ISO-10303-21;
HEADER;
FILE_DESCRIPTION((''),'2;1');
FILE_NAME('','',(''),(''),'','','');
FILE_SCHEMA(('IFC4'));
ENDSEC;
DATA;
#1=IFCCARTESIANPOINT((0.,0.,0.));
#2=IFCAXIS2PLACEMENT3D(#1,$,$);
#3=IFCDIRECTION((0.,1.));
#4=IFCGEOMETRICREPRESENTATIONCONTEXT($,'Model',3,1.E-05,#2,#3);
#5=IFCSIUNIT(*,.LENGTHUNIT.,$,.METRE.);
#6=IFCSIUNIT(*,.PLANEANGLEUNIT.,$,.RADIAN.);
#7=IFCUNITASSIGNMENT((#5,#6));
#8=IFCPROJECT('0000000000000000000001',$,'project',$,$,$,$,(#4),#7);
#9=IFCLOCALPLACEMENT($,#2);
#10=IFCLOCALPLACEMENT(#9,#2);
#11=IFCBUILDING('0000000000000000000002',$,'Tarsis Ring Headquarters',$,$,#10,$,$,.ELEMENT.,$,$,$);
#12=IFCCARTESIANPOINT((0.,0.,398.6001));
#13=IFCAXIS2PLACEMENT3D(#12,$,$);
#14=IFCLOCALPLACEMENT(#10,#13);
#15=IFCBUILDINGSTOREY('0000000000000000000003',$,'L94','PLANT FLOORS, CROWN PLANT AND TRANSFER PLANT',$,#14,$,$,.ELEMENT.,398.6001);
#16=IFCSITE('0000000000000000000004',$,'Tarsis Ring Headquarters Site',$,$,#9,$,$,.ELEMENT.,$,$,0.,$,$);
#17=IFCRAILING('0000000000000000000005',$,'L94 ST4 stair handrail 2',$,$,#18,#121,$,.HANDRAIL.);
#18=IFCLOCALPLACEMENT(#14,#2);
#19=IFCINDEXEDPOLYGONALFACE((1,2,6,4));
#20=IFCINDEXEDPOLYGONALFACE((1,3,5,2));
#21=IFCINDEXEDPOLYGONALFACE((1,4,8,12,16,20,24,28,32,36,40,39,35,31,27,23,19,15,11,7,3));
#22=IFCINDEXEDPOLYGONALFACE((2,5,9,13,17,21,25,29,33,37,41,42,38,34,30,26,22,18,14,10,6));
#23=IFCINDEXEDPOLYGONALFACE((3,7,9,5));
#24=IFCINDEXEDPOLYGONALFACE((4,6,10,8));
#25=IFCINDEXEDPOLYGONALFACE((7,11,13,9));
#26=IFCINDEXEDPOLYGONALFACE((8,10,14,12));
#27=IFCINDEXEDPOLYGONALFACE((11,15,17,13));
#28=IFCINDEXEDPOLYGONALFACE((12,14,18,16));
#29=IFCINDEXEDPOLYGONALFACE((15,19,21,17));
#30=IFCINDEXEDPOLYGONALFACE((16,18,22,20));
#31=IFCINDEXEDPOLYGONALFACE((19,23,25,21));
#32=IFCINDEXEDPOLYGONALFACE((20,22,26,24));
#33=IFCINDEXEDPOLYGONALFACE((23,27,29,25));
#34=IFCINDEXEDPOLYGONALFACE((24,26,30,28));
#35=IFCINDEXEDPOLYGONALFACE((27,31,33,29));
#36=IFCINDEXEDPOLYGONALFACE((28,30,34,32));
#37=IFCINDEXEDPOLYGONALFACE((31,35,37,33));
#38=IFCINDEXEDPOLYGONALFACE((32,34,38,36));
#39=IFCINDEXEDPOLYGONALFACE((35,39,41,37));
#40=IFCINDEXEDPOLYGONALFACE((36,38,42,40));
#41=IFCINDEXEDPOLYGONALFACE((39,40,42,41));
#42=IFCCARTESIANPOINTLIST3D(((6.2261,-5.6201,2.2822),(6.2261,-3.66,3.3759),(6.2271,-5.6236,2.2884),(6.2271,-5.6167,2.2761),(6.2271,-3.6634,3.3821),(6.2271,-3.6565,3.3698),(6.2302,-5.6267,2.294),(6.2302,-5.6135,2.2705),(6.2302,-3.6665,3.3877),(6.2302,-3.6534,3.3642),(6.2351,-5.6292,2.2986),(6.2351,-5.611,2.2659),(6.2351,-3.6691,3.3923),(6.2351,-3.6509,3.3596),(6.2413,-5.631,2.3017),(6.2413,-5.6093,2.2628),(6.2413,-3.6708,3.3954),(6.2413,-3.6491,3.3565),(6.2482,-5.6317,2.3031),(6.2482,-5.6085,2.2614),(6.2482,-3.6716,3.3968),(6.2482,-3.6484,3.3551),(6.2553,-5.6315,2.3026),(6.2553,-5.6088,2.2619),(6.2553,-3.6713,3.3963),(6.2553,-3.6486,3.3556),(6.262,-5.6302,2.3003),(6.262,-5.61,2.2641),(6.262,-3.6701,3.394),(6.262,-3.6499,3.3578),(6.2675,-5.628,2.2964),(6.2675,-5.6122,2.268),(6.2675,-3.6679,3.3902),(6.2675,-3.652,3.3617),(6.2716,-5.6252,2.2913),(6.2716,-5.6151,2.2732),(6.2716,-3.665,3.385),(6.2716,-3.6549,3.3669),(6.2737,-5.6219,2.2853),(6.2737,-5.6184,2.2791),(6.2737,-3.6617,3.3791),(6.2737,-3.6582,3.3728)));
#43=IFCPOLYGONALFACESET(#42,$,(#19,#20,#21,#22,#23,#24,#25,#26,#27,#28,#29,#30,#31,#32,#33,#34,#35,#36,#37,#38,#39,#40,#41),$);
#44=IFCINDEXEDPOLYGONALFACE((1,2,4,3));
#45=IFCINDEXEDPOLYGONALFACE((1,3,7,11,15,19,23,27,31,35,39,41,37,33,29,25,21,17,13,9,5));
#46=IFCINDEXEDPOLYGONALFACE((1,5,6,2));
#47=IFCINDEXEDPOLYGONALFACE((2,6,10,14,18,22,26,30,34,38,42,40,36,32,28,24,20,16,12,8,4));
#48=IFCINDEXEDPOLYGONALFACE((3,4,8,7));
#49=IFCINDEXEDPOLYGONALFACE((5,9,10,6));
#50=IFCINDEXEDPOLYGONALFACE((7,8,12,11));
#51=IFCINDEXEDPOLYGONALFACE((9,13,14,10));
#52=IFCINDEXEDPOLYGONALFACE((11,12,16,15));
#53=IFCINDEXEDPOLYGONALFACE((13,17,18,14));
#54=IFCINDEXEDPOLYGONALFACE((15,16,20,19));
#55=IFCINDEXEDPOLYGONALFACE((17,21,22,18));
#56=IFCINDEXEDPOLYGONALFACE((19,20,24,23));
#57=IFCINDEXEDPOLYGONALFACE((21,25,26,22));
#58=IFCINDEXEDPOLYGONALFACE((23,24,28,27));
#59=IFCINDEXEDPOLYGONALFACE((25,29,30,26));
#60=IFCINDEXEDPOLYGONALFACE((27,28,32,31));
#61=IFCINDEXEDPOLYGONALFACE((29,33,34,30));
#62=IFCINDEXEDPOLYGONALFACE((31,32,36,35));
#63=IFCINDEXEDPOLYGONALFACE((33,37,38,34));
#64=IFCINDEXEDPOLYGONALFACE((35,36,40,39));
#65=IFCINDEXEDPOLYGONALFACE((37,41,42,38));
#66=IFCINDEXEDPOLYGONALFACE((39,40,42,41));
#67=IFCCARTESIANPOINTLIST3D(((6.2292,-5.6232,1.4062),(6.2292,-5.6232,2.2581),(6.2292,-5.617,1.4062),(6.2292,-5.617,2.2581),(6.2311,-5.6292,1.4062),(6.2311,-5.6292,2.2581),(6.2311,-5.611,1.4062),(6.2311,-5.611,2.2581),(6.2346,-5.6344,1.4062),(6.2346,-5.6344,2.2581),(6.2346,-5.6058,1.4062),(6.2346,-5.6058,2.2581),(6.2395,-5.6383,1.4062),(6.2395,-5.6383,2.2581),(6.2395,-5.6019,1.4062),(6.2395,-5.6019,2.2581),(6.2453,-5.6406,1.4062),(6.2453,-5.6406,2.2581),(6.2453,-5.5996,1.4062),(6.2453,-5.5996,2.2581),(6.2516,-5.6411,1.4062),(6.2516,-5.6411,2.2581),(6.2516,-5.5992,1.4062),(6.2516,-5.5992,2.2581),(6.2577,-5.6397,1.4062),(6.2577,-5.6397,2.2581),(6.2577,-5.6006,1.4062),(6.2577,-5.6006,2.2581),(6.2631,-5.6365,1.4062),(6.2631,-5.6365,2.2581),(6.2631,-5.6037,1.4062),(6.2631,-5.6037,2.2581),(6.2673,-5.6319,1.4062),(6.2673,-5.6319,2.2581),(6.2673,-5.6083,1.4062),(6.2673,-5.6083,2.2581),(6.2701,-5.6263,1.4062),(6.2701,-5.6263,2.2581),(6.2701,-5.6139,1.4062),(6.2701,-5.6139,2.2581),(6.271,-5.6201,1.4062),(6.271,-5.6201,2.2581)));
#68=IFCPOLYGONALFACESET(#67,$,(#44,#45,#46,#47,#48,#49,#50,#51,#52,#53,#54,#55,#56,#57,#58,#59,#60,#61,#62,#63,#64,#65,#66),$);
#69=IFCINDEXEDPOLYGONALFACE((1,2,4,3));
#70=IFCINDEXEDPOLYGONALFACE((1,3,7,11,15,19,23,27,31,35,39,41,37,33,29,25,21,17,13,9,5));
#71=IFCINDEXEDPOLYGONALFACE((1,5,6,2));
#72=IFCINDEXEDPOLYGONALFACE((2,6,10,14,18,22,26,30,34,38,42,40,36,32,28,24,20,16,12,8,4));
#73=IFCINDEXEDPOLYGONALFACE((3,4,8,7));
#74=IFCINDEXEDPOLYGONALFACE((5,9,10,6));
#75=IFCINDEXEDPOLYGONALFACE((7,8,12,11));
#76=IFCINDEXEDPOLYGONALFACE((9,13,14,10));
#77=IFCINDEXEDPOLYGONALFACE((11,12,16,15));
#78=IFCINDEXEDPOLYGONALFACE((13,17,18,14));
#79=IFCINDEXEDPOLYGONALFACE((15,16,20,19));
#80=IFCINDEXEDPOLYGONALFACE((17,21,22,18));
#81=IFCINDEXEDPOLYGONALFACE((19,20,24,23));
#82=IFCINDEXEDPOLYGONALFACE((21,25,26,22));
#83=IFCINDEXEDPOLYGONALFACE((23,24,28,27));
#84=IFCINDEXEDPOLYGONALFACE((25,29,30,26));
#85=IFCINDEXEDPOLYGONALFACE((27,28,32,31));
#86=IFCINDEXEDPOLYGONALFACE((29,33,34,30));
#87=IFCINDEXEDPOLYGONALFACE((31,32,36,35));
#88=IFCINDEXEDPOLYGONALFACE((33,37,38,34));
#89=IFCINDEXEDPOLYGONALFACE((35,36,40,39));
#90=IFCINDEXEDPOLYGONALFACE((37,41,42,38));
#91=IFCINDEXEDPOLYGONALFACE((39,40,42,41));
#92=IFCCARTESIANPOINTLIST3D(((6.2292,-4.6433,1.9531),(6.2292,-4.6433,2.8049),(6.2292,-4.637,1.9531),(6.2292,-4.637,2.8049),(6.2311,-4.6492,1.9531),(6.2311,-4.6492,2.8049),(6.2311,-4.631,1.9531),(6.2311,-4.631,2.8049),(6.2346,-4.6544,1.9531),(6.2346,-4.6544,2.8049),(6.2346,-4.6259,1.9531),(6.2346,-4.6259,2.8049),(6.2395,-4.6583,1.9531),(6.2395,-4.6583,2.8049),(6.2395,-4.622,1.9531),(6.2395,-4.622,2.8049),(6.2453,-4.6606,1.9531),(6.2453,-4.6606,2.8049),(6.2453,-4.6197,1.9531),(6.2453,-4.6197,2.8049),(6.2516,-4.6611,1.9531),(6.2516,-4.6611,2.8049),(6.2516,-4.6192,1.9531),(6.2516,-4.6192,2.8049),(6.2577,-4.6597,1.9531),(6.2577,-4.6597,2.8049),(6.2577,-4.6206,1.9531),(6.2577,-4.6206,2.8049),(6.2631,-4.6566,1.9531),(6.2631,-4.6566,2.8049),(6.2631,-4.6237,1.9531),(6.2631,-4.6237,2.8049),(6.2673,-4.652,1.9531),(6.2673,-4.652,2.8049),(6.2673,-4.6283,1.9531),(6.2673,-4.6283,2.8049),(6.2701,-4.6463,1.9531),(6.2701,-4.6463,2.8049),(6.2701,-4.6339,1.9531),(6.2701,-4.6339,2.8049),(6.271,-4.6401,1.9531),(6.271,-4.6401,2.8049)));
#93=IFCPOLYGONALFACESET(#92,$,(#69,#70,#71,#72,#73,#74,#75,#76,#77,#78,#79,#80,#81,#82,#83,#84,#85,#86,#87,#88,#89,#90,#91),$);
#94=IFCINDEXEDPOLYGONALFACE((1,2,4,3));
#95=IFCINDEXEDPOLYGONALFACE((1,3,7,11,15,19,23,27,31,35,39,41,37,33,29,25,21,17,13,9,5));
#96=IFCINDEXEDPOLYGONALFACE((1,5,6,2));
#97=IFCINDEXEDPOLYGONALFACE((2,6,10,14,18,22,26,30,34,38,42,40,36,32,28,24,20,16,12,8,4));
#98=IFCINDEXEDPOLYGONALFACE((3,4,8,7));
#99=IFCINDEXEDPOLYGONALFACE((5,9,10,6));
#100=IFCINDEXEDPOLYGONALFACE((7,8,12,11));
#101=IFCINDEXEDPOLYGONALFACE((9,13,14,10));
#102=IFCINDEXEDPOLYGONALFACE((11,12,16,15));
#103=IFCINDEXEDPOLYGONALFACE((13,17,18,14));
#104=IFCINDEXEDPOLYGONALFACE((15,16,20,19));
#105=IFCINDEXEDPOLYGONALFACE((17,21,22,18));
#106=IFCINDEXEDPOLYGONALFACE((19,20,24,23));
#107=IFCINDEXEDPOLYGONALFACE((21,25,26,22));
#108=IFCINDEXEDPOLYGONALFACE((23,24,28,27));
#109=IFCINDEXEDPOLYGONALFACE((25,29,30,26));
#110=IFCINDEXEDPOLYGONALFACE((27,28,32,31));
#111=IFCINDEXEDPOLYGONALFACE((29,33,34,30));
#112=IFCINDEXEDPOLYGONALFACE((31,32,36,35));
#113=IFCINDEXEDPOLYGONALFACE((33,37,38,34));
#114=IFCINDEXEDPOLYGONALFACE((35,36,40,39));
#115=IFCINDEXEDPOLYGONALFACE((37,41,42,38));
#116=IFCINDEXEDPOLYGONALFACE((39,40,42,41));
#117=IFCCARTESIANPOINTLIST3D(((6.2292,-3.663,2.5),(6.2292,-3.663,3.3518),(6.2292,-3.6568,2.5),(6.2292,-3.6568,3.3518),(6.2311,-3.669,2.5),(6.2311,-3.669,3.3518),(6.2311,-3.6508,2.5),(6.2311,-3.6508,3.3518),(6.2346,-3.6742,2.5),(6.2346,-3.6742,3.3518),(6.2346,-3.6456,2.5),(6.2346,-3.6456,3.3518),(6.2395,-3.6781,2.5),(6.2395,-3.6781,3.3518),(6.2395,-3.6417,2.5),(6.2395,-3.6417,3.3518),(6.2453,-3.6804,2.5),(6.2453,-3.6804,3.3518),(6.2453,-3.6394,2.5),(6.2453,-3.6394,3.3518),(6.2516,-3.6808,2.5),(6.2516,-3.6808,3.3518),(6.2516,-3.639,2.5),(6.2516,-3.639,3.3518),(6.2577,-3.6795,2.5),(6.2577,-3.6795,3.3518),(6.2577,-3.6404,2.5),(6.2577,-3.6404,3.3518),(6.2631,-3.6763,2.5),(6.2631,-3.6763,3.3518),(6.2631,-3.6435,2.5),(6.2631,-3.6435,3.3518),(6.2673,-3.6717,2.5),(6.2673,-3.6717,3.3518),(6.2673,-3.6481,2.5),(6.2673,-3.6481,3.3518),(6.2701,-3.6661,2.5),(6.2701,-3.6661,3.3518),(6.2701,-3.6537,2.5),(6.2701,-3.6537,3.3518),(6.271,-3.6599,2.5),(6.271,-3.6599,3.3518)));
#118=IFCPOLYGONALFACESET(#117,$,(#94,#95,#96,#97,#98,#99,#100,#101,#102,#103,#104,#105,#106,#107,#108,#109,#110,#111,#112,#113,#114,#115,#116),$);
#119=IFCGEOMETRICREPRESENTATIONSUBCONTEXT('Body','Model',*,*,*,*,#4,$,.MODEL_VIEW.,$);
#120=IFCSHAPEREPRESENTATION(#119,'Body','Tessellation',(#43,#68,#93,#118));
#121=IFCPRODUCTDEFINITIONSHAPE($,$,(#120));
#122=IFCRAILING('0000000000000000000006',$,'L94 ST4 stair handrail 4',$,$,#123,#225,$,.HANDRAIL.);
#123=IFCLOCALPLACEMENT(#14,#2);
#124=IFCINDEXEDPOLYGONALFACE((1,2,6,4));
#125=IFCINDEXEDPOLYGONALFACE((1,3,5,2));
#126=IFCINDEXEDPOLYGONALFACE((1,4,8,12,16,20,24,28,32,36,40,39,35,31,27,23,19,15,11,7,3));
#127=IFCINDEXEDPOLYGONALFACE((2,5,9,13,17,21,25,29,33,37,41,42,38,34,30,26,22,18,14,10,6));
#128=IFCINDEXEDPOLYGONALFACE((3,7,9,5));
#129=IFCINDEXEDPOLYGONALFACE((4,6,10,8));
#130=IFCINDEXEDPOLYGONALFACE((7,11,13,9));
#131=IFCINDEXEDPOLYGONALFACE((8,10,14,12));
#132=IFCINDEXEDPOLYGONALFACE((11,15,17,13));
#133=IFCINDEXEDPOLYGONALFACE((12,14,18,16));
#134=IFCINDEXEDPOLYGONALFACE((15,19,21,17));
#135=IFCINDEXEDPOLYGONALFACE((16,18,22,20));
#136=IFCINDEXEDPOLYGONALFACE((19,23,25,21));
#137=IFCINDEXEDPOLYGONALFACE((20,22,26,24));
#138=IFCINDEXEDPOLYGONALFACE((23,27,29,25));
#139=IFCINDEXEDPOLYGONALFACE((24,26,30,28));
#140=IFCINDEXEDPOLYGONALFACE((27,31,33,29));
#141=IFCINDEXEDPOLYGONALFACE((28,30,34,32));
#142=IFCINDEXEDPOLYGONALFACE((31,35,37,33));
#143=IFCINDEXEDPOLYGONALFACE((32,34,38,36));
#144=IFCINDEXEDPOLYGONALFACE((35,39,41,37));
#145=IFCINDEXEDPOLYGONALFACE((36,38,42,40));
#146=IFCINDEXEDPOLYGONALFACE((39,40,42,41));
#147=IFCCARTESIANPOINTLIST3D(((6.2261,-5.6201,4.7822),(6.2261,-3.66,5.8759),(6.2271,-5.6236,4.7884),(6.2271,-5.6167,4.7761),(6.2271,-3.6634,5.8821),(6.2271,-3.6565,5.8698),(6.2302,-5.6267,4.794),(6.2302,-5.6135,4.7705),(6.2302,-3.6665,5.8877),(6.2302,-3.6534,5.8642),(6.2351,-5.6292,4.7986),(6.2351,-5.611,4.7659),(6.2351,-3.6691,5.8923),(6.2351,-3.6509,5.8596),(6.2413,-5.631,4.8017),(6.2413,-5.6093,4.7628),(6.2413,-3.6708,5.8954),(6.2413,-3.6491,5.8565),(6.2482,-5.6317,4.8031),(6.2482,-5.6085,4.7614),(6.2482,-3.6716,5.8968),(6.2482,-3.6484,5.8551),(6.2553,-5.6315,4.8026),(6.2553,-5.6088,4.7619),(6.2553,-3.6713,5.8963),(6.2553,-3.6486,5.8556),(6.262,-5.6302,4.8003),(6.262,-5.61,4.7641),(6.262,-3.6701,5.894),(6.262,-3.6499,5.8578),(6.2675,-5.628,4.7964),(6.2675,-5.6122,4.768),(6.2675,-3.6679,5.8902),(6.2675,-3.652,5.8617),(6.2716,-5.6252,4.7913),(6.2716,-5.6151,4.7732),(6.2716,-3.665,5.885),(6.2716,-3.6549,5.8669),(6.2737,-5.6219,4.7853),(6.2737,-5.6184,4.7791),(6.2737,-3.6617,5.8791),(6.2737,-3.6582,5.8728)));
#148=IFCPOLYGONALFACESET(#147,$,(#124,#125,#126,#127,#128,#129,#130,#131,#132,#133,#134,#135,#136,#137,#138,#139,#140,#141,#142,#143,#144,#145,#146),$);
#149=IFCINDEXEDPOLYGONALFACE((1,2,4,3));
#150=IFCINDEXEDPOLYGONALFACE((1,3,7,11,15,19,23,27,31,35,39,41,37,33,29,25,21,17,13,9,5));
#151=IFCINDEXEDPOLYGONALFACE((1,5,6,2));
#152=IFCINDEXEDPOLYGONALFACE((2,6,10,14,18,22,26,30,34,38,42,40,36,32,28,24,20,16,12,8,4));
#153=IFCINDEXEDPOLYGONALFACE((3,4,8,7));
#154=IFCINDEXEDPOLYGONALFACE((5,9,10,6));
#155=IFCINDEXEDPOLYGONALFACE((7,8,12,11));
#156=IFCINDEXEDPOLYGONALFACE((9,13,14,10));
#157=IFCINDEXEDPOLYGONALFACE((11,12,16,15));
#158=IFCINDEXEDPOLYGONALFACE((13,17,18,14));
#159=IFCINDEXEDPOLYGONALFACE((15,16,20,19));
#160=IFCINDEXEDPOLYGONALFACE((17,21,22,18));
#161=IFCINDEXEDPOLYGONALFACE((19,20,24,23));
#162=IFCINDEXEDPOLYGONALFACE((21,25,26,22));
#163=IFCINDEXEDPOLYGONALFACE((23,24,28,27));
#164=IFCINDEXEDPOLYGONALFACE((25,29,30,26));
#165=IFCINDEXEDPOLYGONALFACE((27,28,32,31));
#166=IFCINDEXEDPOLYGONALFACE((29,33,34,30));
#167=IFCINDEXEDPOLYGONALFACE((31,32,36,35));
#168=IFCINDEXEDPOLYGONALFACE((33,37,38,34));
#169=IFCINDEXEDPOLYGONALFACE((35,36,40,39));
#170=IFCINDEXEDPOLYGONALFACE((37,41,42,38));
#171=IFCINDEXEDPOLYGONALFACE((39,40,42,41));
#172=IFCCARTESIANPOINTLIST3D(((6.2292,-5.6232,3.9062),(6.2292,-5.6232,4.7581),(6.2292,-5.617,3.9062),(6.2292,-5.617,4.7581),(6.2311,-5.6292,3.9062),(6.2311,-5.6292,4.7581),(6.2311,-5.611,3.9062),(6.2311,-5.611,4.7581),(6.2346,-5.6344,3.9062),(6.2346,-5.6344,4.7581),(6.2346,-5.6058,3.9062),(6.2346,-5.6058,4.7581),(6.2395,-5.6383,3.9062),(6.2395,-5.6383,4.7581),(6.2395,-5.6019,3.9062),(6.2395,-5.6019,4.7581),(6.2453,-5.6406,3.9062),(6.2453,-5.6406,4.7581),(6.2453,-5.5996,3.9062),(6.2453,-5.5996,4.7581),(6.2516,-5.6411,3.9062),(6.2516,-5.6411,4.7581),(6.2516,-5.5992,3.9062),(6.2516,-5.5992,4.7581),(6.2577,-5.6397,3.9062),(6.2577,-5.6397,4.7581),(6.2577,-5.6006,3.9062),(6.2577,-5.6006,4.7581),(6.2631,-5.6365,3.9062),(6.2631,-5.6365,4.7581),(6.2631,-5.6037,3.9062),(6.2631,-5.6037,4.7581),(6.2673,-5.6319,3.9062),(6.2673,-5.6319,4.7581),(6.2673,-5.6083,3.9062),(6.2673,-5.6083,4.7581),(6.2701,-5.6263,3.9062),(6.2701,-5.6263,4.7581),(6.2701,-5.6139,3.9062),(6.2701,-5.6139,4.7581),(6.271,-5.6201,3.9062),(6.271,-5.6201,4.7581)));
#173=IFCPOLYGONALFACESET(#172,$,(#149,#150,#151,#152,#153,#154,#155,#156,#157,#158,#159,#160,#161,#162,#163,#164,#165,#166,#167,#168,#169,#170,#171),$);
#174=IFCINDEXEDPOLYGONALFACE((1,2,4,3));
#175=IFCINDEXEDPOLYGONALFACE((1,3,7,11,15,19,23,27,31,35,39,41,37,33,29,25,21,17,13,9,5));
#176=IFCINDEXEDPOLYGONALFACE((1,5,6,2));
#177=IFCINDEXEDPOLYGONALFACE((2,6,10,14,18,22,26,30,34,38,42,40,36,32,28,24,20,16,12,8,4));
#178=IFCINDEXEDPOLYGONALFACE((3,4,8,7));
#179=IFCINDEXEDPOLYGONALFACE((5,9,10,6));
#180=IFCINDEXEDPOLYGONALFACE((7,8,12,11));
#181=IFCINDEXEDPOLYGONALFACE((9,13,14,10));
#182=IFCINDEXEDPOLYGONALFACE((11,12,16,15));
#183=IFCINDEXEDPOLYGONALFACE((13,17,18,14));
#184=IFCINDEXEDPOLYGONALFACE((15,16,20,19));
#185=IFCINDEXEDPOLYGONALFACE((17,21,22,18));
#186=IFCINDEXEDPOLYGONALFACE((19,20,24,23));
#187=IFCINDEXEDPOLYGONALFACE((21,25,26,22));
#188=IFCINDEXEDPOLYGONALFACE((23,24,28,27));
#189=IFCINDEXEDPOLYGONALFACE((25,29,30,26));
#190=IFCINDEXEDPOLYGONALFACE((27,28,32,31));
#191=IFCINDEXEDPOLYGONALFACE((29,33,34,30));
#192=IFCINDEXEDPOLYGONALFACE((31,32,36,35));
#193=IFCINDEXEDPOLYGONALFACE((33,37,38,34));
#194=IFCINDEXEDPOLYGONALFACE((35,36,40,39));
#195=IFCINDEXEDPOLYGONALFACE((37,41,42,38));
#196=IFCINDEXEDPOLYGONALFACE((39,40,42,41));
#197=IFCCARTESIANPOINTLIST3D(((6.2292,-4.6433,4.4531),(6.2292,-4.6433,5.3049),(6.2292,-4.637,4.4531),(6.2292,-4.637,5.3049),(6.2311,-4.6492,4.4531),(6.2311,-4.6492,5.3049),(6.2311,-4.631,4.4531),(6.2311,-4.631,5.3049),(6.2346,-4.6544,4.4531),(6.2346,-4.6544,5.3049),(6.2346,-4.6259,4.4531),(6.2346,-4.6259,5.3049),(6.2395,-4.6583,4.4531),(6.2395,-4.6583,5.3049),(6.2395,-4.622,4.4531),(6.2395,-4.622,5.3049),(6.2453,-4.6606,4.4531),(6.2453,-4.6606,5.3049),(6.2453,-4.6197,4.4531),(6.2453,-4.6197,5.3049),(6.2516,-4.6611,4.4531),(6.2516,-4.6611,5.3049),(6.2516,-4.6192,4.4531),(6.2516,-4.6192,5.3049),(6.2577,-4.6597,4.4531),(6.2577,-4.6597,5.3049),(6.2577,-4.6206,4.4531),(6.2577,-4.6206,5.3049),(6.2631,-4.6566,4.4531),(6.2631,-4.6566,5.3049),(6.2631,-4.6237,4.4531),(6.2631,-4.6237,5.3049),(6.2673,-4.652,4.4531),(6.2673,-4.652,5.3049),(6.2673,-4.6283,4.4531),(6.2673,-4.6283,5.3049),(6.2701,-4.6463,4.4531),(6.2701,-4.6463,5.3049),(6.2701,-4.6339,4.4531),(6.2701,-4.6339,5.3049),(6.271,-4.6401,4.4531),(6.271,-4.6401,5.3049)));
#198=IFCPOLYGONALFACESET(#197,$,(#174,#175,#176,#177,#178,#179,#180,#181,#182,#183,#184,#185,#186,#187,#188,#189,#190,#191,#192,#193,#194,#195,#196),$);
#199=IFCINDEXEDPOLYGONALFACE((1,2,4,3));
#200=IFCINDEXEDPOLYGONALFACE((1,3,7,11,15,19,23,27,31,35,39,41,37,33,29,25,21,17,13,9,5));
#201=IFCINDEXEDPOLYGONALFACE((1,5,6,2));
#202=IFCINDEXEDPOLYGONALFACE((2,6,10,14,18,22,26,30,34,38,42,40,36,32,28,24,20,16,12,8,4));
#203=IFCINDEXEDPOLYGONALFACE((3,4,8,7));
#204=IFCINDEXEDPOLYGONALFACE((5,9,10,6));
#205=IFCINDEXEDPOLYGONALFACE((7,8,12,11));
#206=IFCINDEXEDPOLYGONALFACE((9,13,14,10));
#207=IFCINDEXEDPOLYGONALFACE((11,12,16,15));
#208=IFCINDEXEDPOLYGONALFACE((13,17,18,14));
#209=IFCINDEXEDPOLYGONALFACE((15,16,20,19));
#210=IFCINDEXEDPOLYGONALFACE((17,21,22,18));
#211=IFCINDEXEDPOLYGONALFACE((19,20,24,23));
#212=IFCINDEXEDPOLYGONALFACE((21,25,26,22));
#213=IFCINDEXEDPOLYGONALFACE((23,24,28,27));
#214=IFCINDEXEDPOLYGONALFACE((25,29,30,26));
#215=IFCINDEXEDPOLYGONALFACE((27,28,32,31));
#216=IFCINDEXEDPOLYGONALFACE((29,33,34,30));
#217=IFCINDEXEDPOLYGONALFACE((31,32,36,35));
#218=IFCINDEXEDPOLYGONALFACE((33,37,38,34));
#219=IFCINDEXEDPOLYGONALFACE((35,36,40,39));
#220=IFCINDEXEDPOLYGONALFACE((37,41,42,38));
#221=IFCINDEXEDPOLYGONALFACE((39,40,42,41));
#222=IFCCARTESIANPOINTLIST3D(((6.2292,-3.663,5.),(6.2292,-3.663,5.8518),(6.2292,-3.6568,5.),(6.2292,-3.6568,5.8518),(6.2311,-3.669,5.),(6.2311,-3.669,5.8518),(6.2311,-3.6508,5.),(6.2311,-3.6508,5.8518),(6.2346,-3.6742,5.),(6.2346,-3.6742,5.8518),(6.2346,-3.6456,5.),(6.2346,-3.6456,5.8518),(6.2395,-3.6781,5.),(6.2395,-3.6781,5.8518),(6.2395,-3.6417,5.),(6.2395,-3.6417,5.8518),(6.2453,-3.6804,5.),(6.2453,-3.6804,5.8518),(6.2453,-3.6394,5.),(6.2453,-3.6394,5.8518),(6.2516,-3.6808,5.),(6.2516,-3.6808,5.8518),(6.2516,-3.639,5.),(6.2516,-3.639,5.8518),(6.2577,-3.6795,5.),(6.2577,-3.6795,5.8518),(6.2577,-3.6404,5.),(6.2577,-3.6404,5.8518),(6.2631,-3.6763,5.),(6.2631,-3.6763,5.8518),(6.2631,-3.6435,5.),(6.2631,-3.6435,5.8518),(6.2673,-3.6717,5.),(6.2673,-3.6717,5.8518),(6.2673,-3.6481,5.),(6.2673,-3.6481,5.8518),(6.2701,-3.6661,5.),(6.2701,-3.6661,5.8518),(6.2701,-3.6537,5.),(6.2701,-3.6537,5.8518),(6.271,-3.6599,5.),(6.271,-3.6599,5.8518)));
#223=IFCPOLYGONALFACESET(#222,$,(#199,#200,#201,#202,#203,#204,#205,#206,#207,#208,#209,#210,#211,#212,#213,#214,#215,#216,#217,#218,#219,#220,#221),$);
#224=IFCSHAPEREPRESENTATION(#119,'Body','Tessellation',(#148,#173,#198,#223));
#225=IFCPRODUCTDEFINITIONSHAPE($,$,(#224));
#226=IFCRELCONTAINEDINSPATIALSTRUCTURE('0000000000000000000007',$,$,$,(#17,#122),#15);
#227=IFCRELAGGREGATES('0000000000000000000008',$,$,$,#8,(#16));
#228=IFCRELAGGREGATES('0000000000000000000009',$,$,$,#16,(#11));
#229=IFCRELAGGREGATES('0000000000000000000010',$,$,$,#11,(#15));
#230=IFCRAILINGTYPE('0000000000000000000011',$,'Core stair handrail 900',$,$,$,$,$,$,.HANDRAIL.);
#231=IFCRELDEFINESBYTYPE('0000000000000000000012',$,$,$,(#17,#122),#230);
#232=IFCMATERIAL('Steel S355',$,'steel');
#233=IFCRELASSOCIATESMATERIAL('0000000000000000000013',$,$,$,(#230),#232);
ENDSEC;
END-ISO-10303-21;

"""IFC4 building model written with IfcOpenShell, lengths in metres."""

from ifc_helpers import new_model, si_unit, direction, frame, origin, origin_2d, place, context, subcontext, project, spatial, circle, extrude, material, type_object, element, save


model = new_model("IFC4")

# Units and contexts
model_context = context("Model", 3, precision=1e-05, world=origin(), true_north=direction((0.0, 1.0)))
body_context = subcontext(model_context, "Body", "Model", "MODEL_VIEW")
ifc_project = project(units=[si_unit("LENGTHUNIT", "METRE"), si_unit("PLANEANGLEUNIT", "RADIAN")], contexts=[model_context])

# Site, building, storey
site_placement = place(None, origin())
site = spatial("IfcSite", under=ifc_project, at=site_placement, Name="Tarsis Ring Headquarters Site", CompositionType="ELEMENT", RefElevation=0.0)
building_placement = place(site_placement, origin())
building = spatial("IfcBuilding", under=site, at=building_placement, Name="Tarsis Ring Headquarters", CompositionType="ELEMENT")
storey_placement = place(building_placement, frame((0.0, 0.0, 398.6001)))
storey = spatial("IfcBuildingStorey", under=building, at=storey_placement, Name="L94", Description="PLANT FLOORS, CROWN PLANT AND TRANSFER PLANT", CompositionType="ELEMENT", Elevation=398.6001)

# Shared definitions
ifc_material_1 = material(Name="Steel S355", Category="steel")

# Railings
railing_type_1 = type_object("IfcRailingType", Name="Core stair handrail 900", PredefinedType="HANDRAIL", material=ifc_material_1)
for number, where, name in (
    (1, (6.25, -5.6201, 1.4062), "L94 ST4 stair handrail 2"),
    (2, (6.25, -5.6201, 3.9062), "L94 ST4 stair handrail 4"),
):
    element("IfcRailing", number, at=place(storey_placement, frame(where)), inside=storey, type_object=railing_type_1, Name=name, PredefinedType="HANDRAIL", context=body_context, shape_type="SweptSolid", body=[
        extrude(circle(Radius=0.0239, at=origin_2d()), frame((0.0, 0.0, 0.876), z_axis=(0.0, 0.873258, 0.487258), x_axis=(-1.0, 0.0, 0.0)), (0.0, 0.0, 1.0), 2.2446),
        extrude(circle(Radius=0.021, at=origin_2d()), origin(), (0.0, 0.0, 1.0), 0.8518),
        extrude(circle(Radius=0.021, at=origin_2d()), frame((0.0, 0.98, 0.5469)), (0.0, 0.0, 1.0), 0.8518),
        extrude(circle(Radius=0.021, at=origin_2d()), frame((0.0, 1.9602, 1.0938)), (0.0, 0.0, 1.0), 0.8518),
    ])

save(model, "model.ifc")
